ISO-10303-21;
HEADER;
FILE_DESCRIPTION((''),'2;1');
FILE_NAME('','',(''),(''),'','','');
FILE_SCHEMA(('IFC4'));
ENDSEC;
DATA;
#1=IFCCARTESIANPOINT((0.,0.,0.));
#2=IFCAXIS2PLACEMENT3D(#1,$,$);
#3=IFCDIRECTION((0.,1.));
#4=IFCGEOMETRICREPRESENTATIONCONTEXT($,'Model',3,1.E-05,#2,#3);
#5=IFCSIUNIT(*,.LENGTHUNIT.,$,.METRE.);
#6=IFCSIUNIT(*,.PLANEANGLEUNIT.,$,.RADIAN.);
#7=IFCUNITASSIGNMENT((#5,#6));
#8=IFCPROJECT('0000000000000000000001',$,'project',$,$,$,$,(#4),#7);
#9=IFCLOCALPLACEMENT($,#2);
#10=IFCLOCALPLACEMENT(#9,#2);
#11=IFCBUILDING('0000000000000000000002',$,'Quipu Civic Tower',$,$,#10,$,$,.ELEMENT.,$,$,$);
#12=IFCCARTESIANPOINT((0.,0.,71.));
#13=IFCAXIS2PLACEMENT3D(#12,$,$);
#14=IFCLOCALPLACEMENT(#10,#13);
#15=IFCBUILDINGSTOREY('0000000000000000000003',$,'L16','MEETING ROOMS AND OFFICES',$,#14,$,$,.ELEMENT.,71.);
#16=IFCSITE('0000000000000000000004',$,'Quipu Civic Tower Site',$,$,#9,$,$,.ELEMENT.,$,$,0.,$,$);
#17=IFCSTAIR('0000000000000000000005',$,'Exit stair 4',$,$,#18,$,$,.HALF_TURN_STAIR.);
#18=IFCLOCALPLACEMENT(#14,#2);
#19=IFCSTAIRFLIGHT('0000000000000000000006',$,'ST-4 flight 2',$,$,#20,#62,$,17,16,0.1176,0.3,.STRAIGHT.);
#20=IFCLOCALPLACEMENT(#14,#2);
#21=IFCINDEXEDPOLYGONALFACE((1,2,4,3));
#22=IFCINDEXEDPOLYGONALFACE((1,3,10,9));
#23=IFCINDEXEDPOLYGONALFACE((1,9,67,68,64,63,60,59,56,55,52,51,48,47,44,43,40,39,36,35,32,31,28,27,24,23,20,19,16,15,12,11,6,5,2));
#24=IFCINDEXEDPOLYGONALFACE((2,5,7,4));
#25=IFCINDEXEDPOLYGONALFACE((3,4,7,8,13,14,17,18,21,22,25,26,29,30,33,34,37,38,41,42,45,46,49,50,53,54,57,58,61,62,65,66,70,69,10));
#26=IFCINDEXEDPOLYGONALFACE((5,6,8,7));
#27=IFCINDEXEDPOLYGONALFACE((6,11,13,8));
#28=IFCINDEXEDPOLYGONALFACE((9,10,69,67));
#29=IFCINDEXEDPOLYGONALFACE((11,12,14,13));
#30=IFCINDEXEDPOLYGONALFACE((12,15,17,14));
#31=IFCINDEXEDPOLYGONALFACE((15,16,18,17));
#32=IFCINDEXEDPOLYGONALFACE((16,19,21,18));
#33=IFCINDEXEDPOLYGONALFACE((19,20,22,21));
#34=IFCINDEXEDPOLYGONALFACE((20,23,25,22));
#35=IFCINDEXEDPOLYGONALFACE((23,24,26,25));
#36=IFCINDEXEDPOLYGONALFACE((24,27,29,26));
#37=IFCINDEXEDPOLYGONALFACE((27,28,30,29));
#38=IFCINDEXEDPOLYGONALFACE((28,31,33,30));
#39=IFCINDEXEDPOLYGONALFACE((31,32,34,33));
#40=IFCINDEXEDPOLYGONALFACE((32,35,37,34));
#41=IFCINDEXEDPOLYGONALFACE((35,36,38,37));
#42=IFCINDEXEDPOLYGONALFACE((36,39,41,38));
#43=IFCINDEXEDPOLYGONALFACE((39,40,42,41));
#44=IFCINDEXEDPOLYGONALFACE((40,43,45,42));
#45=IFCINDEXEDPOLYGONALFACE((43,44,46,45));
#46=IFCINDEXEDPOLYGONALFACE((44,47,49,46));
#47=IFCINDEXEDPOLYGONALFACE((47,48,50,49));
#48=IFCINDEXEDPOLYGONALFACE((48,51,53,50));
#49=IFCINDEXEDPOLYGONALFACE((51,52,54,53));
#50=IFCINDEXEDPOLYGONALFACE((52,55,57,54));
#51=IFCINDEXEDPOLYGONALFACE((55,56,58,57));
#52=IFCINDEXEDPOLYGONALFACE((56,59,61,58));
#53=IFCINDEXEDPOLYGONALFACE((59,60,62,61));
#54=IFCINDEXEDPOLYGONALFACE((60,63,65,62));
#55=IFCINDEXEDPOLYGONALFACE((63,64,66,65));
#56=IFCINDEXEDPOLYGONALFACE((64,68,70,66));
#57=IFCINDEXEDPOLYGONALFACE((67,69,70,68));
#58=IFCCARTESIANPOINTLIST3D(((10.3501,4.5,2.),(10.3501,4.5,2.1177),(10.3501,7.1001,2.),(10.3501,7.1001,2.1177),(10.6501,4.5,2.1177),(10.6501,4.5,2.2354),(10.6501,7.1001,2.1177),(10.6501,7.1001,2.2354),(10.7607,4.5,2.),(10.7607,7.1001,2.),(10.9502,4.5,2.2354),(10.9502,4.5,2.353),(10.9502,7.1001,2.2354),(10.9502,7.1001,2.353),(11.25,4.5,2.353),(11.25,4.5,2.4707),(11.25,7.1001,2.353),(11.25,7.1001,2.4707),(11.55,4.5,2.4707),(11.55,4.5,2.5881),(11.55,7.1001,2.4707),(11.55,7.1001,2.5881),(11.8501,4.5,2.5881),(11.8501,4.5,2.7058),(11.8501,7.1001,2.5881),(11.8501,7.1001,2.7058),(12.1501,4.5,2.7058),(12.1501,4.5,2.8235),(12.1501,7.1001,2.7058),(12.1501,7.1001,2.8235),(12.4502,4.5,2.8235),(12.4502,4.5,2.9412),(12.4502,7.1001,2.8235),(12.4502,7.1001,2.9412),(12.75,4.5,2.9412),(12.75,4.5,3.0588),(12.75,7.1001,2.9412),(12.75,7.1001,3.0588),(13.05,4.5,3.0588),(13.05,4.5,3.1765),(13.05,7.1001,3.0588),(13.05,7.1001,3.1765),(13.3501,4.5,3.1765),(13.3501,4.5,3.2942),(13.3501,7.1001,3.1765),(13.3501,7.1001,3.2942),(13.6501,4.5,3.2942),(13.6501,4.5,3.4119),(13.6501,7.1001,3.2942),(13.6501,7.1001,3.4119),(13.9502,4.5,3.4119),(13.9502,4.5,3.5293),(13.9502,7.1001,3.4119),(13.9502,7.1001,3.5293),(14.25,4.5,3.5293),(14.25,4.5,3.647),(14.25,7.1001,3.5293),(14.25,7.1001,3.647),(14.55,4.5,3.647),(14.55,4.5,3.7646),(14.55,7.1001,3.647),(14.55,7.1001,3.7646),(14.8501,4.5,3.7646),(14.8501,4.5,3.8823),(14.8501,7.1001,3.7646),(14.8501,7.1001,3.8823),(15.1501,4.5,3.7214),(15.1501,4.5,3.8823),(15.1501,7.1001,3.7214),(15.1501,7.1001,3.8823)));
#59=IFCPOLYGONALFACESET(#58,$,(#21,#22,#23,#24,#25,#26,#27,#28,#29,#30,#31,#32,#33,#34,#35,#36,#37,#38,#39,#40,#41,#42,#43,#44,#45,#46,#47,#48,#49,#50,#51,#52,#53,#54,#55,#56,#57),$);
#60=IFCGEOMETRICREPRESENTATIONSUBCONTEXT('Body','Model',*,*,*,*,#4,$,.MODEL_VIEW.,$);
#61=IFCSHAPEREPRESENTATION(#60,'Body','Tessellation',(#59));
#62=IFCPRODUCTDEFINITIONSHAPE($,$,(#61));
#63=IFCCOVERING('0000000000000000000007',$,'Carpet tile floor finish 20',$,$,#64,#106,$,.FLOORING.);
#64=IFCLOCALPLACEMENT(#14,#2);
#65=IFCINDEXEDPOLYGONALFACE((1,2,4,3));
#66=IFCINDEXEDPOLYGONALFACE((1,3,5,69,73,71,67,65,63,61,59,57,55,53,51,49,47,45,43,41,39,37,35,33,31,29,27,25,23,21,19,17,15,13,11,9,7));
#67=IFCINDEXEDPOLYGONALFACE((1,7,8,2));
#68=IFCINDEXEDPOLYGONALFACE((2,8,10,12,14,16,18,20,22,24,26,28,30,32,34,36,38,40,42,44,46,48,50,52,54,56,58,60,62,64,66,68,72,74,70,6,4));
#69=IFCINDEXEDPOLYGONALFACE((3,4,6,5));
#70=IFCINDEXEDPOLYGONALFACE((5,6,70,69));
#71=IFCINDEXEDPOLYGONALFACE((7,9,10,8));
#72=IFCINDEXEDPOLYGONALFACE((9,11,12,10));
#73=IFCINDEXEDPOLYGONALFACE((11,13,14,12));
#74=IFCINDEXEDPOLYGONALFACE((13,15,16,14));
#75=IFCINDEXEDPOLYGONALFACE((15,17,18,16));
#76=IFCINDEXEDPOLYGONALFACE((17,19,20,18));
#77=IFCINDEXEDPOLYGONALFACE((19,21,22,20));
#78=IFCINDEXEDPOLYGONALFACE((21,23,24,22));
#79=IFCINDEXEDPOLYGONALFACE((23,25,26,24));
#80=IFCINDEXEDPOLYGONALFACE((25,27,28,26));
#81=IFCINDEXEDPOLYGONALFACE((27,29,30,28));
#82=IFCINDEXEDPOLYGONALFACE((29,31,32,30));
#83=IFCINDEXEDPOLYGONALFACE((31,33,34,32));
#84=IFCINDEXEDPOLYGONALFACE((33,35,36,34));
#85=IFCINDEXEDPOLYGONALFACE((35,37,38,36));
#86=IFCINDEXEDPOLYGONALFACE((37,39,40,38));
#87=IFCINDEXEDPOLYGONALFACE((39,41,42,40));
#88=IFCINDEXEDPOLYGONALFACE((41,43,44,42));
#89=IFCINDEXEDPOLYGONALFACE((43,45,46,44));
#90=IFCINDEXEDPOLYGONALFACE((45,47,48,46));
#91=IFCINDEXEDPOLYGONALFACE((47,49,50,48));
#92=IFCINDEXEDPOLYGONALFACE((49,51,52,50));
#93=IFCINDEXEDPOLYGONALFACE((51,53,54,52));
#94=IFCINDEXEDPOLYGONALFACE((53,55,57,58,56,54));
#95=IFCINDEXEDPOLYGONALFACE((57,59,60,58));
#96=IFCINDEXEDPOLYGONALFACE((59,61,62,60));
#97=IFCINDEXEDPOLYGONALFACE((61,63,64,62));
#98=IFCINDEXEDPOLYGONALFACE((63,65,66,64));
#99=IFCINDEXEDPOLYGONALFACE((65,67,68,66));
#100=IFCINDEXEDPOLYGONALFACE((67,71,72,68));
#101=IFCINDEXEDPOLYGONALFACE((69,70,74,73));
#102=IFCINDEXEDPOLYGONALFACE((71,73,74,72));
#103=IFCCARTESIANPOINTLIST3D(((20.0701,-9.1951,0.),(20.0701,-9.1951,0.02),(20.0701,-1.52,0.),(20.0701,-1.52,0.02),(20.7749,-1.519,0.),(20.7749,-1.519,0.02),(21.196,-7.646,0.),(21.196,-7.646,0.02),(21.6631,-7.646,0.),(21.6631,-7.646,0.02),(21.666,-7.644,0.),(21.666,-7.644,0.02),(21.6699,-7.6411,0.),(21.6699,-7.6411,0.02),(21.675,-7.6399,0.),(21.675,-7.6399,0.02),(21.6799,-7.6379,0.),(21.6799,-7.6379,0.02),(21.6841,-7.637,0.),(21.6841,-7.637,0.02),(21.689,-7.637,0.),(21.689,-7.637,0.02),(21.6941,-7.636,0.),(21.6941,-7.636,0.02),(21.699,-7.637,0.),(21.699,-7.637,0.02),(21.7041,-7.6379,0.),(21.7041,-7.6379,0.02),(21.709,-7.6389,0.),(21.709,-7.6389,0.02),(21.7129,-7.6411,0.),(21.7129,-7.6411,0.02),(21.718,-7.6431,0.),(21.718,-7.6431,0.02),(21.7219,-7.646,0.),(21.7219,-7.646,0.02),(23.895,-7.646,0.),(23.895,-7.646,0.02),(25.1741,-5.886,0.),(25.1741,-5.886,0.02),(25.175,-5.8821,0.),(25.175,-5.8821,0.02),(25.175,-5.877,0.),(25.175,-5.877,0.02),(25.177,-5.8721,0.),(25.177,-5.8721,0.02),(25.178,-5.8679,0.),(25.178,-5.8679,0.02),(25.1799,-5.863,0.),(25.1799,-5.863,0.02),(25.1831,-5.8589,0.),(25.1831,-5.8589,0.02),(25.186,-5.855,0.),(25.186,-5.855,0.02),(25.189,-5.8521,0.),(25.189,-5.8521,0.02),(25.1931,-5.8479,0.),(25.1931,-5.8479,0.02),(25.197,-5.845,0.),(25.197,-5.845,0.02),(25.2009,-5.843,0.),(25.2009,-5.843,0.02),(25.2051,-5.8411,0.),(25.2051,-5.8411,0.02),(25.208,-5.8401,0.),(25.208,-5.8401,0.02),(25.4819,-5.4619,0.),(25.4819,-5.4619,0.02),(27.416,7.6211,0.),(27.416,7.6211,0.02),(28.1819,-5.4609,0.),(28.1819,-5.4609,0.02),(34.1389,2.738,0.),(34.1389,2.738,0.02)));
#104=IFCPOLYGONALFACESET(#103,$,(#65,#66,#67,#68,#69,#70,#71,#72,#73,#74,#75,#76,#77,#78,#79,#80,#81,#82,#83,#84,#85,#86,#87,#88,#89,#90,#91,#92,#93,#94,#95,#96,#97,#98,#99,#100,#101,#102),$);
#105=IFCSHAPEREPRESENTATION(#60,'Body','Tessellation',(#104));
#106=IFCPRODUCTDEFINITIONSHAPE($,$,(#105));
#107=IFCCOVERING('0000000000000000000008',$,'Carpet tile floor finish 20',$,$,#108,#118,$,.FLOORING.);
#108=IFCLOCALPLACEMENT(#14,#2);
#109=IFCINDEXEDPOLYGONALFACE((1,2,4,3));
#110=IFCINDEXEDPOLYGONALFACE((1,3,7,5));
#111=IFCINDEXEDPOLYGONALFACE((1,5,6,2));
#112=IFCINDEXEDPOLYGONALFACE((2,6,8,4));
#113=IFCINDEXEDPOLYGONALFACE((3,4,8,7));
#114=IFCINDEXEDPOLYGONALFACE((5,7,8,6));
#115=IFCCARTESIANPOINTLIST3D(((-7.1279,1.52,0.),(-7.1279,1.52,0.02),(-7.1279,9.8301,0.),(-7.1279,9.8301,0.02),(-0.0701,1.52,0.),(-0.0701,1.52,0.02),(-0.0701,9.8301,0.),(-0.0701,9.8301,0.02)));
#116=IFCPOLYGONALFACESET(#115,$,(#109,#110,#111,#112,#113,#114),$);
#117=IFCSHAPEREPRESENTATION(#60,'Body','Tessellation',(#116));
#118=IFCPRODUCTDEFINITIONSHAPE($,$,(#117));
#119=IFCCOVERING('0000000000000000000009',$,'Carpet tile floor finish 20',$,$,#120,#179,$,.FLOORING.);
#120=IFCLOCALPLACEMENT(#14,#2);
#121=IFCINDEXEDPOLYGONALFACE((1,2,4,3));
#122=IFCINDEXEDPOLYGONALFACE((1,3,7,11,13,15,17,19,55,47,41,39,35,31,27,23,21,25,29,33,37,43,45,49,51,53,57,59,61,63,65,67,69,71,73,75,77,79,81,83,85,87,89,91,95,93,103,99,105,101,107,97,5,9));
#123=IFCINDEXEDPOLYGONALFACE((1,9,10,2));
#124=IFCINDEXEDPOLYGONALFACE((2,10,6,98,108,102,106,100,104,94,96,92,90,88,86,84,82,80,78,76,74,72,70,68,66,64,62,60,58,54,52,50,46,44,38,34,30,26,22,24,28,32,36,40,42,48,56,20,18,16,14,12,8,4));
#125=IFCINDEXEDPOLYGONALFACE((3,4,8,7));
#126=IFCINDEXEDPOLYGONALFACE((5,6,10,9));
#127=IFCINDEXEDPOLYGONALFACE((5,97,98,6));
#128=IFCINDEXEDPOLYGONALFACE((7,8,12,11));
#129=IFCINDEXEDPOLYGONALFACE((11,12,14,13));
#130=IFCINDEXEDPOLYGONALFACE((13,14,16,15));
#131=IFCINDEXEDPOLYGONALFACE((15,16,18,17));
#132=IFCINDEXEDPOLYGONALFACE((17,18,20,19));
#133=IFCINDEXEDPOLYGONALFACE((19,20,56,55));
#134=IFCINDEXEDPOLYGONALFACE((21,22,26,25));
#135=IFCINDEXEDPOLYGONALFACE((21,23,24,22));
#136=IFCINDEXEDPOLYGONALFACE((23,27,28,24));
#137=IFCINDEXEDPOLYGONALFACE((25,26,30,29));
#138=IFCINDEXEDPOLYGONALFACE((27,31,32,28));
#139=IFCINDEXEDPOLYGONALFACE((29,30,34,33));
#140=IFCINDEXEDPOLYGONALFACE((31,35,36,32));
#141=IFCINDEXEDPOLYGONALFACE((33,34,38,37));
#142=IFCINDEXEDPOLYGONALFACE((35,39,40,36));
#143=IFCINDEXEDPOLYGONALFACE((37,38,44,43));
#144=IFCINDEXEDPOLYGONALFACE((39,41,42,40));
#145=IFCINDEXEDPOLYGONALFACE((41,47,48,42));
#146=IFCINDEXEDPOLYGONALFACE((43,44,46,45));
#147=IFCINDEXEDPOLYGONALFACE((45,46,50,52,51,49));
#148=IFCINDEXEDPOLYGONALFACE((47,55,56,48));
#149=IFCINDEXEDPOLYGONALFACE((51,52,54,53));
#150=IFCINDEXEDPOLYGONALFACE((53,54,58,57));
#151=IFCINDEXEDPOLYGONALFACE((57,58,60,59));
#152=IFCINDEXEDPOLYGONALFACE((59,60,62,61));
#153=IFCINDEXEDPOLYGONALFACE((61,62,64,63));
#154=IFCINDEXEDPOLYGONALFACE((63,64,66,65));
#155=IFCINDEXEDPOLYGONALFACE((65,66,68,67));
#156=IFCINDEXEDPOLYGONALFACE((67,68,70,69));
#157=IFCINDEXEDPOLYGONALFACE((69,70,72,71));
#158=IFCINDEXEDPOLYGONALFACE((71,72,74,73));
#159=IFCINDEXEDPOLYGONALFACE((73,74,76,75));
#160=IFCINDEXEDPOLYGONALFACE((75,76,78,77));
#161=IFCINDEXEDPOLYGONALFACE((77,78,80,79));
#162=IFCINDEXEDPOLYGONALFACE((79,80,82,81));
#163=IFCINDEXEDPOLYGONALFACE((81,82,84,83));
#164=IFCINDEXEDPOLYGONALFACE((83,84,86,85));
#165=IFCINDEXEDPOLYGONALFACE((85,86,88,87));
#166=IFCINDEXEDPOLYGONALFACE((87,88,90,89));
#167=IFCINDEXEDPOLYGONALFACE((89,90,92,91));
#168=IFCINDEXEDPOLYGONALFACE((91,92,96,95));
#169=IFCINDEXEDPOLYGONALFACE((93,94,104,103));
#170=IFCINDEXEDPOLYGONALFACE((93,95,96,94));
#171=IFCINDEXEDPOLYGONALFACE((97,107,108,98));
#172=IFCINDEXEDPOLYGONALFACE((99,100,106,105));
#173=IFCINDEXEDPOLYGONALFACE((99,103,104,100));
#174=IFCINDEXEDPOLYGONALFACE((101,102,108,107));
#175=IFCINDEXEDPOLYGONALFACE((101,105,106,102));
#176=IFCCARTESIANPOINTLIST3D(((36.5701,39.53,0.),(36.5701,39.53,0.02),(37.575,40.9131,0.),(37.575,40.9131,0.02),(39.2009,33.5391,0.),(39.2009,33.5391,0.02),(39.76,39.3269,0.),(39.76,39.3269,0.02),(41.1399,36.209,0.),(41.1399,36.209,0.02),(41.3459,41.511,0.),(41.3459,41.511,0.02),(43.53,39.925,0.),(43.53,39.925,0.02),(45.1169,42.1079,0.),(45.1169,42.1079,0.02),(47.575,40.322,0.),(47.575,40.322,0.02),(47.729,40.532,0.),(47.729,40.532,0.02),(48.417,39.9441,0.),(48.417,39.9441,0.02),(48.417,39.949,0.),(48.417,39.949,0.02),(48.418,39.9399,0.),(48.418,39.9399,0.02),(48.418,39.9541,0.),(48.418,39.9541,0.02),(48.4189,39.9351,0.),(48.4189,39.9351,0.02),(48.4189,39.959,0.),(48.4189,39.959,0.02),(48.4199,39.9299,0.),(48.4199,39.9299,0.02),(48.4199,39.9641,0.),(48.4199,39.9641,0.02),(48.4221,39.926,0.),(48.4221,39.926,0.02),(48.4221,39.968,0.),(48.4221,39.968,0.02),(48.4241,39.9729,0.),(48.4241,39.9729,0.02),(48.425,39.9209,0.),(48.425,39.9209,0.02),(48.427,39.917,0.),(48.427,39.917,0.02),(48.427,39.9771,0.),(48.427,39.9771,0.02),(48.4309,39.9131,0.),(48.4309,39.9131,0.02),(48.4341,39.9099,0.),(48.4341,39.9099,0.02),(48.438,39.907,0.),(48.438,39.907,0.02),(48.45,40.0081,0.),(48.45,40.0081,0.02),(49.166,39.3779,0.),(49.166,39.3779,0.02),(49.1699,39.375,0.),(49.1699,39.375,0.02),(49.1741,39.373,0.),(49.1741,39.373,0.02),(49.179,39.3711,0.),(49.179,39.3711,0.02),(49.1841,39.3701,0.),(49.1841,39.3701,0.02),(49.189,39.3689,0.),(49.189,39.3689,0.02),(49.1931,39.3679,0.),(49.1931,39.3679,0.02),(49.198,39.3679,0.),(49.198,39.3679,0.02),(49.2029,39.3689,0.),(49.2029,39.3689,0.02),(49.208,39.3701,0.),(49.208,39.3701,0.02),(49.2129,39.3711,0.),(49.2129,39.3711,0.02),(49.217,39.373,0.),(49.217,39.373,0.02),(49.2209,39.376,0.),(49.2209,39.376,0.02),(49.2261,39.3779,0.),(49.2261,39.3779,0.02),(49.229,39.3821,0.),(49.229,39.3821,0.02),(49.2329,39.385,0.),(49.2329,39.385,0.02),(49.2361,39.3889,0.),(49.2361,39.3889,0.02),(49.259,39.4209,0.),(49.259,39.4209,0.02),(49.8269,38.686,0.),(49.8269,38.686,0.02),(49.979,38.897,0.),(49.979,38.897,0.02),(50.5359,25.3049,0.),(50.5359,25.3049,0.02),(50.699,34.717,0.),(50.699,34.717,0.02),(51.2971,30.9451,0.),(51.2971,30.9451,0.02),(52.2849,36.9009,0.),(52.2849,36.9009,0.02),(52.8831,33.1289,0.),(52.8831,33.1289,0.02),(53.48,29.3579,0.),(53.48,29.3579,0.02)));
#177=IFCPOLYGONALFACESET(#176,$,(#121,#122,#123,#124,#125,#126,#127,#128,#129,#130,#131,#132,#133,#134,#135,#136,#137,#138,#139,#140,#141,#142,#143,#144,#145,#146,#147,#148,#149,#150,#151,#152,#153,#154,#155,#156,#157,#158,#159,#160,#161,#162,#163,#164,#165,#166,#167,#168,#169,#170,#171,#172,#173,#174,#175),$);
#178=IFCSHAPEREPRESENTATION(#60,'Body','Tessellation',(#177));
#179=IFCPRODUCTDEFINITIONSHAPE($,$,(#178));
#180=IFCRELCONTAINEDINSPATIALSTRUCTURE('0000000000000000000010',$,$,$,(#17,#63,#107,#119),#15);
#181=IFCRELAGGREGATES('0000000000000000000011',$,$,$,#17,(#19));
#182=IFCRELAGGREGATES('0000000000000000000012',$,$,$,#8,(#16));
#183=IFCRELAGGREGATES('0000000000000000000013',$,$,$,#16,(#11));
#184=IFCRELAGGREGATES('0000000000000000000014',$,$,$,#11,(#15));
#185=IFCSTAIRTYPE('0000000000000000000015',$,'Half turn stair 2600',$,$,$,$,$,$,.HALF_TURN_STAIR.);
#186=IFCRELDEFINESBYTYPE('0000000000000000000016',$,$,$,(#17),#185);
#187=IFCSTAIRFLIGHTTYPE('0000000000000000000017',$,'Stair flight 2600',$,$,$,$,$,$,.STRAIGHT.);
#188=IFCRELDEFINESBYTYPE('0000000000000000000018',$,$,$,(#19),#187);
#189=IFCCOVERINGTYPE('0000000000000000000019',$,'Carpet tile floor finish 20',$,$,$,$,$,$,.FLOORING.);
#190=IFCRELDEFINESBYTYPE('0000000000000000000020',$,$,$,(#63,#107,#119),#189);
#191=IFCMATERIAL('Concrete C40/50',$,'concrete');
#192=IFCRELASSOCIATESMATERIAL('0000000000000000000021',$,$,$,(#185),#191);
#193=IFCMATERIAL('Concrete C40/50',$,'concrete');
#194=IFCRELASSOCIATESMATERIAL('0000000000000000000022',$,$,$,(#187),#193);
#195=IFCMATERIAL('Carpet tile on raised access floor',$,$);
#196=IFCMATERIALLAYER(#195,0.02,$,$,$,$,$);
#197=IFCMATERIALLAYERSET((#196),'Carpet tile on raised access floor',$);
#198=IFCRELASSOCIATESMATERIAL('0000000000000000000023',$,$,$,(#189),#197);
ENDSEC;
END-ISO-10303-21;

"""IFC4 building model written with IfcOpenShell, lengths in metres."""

from ifc_helpers import new_model, si_unit, direction, frame, origin, place, context, subcontext, project, spatial, polyline, outline, extrude, material, layer, layer_set, type_object, element, aggregate, save


model = new_model("IFC4")

# Units and contexts
model_context = context("Model", 3, precision=1e-05, world=origin(), true_north=direction((0.0, 1.0)))
body_context = subcontext(model_context, "Body", "Model", "MODEL_VIEW")
ifc_project = project(units=[si_unit("LENGTHUNIT", "METRE"), si_unit("PLANEANGLEUNIT", "RADIAN")], contexts=[model_context])

# Site, building, storey
site_placement = place(None, origin())
site = spatial("IfcSite", under=ifc_project, at=site_placement, Name="Quipu Civic Tower Site", CompositionType="ELEMENT", RefElevation=0.0)
building_placement = place(site_placement, origin())
building = spatial("IfcBuilding", under=site, at=building_placement, Name="Quipu Civic Tower", CompositionType="ELEMENT")
storey_placement = place(building_placement, frame((0.0, 0.0, 71.0)))
storey = spatial("IfcBuildingStorey", under=building, at=storey_placement, Name="L16", Description="MEETING ROOMS AND OFFICES", CompositionType="ELEMENT", Elevation=71.0)

# Stair, stair flight
ifc_material_1 = material(Name="Concrete C40/50", Category="concrete")
stair_type = type_object("IfcStairType", Name="Half turn stair 2600", PredefinedType="HALF_TURN_STAIR", material=ifc_material_1)
stair_placement = place(storey_placement, origin())
stair = element("IfcStair", 1, at=stair_placement, inside=storey, type_object=stair_type, Name="Exit stair 4", PredefinedType="HALF_TURN_STAIR")
ifc_material_2 = material(Name="Concrete C40/50", Category="concrete")
stair_flight_type = type_object("IfcStairFlightType", Name="Stair flight 2600", PredefinedType="STRAIGHT", material=ifc_material_2)
stair_flight_placement = place(storey_placement, frame((10.3501, 5.8, 2.0), z_axis=(0.0, 0.0, 1.0), x_axis=(1.0, 0.0, 0.0)))
stair_flight = element("IfcStairFlight", 2, at=stair_flight_placement, type_object=stair_flight_type, Name="ST-4 flight 2", NumberOfRisers=17, NumberOfTreads=16, PredefinedType="STRAIGHT", RiserHeight=0.1176, TreadLength=0.3, context=body_context, shape_type="SweptSolid", body=[
    extrude(outline(polyline([(0.0, 0.0), (0.0, 0.1177), (0.3, 0.1177), (0.3, 0.2354), (0.6001, 0.2354), (0.6001, 0.353), (0.8999, 0.353), (0.8999, 0.4707), (1.2, 0.4707), (1.2, 0.5881), (1.5, 0.5881), (1.5, 0.7058), (1.8, 0.7058), (1.8, 0.8235), (2.1001, 0.8235), (2.1001, 0.9412), (2.3999, 0.9412), (2.3999, 1.0588), (2.7, 1.0588), (2.7, 1.1765), (3.0, 1.1765), (3.0, 1.2942), (3.3, 1.2942), (3.3, 1.4119), (3.6001, 1.4119), (3.6001, 1.5293), (3.8999, 1.5293), (3.8999, 1.647), (4.2, 1.647), (4.2, 1.7646), (4.5, 1.7646), (4.5, 1.8823), (4.8, 1.8823), (4.8, 2.0), (4.8, 1.7214), (0.4106, 0.0), (0.0, 0.0)])), frame((0.0, 1.3, 0.0), z_axis=(0.0, -1.0, 0.0), x_axis=(1.0, 0.0, 0.0)), (0.0, 0.0, 1.0), 2.6001),
])
aggregate(stair, [stair_flight])

# Coverings
ifc_material_3 = material(Name="Carpet tile on raised access floor")
ifc_layer_1 = layer(ifc_material_3, 0.02)
ifc_layer_set_1 = layer_set([ifc_layer_1], Name="Carpet tile on raised access floor")
covering_type_1 = type_object("IfcCoveringType", Name="Carpet tile floor finish 20", PredefinedType="FLOORING", material=ifc_layer_set_1)
covering_1_placement = place(storey_placement, origin())
element("IfcCovering", 3, at=covering_1_placement, inside=storey, type_object=covering_type_1, Name="Carpet tile floor finish 20", PredefinedType="FLOORING", context=body_context, shape_type="SweptSolid", body=[
    extrude(outline(polyline([(20.0701, -9.1951), (20.0701, -1.52), (20.7749, -1.519), (27.416, 7.6211), (34.1389, 2.738), (28.1819, -5.4609), (25.4819, -5.4619), (25.208, -5.8401), (25.2051, -5.8411), (25.2009, -5.843), (25.197, -5.845), (25.1931, -5.8479), (25.189, -5.8521), (25.186, -5.855), (25.1831, -5.8589), (25.1799, -5.863), (25.178, -5.8679), (25.177, -5.8721), (25.175, -5.877), (25.175, -5.8821), (25.1741, -5.886), (23.895, -7.646), (21.7219, -7.646), (21.7219, -7.646), (21.718, -7.6431), (21.7129, -7.6411), (21.709, -7.6389), (21.7041, -7.6379), (21.699, -7.637), (21.6941, -7.636), (21.689, -7.637), (21.6841, -7.637), (21.6799, -7.6379), (21.675, -7.6399), (21.6699, -7.6411), (21.666, -7.644), (21.6631, -7.646), (21.196, -7.646), (20.0701, -9.1951)])), origin(), (0.0, 0.0, 1.0), 0.02),
])
covering_2_placement = place(storey_placement, origin())
element("IfcCovering", 4, at=covering_2_placement, inside=storey, type_object=covering_type_1, Name="Carpet tile floor finish 20", PredefinedType="FLOORING", context=body_context, shape_type="SweptSolid", body=[
    extrude(outline(polyline([(-7.1279, 9.8301), (-0.0701, 9.8301), (-0.0701, 1.52), (-7.1279, 1.52), (-7.1279, 9.8301)])), origin(), (0.0, 0.0, 1.0), 0.02),
])
covering_3_placement = place(storey_placement, origin())
element("IfcCovering", 5, at=covering_3_placement, inside=storey, type_object=covering_type_1, Name="Carpet tile floor finish 20", PredefinedType="FLOORING", context=body_context, shape_type="SweptSolid", body=[
    extrude(outline(polyline([(36.5701, 39.53), (37.575, 40.9131), (39.76, 39.3269), (41.3459, 41.511), (43.53, 39.925), (45.1169, 42.1079), (47.575, 40.322), (47.729, 40.532), (48.45, 40.0081), (48.427, 39.9771), (48.4241, 39.9729), (48.4221, 39.968), (48.4199, 39.9641), (48.4189, 39.959), (48.418, 39.9541), (48.417, 39.949), (48.417, 39.9441), (48.418, 39.9399), (48.4189, 39.9351), (48.4199, 39.9299), (48.4221, 39.926), (48.425, 39.9209), (48.427, 39.917), (48.4309, 39.9131), (48.4341, 39.9099), (48.438, 39.907), (49.166, 39.3779), (49.1699, 39.375), (49.1741, 39.373), (49.179, 39.3711), (49.1841, 39.3701), (49.189, 39.3689), (49.1931, 39.3679), (49.198, 39.3679), (49.2029, 39.3689), (49.208, 39.3701), (49.2129, 39.3711), (49.217, 39.373), (49.2209, 39.376), (49.2261, 39.3779), (49.229, 39.3821), (49.2329, 39.385), (49.2361, 39.3889), (49.259, 39.4209), (49.979, 38.897), (49.8269, 38.686), (52.2849, 36.9009), (50.699, 34.717), (52.8831, 33.1289), (51.2971, 30.9451), (53.48, 29.3579), (50.5359, 25.3049), (39.2009, 33.5391), (41.1399, 36.209), (36.5701, 39.53)])), origin(), (0.0, 0.0, 1.0), 0.02),
])

save(model, "model.ifc")
